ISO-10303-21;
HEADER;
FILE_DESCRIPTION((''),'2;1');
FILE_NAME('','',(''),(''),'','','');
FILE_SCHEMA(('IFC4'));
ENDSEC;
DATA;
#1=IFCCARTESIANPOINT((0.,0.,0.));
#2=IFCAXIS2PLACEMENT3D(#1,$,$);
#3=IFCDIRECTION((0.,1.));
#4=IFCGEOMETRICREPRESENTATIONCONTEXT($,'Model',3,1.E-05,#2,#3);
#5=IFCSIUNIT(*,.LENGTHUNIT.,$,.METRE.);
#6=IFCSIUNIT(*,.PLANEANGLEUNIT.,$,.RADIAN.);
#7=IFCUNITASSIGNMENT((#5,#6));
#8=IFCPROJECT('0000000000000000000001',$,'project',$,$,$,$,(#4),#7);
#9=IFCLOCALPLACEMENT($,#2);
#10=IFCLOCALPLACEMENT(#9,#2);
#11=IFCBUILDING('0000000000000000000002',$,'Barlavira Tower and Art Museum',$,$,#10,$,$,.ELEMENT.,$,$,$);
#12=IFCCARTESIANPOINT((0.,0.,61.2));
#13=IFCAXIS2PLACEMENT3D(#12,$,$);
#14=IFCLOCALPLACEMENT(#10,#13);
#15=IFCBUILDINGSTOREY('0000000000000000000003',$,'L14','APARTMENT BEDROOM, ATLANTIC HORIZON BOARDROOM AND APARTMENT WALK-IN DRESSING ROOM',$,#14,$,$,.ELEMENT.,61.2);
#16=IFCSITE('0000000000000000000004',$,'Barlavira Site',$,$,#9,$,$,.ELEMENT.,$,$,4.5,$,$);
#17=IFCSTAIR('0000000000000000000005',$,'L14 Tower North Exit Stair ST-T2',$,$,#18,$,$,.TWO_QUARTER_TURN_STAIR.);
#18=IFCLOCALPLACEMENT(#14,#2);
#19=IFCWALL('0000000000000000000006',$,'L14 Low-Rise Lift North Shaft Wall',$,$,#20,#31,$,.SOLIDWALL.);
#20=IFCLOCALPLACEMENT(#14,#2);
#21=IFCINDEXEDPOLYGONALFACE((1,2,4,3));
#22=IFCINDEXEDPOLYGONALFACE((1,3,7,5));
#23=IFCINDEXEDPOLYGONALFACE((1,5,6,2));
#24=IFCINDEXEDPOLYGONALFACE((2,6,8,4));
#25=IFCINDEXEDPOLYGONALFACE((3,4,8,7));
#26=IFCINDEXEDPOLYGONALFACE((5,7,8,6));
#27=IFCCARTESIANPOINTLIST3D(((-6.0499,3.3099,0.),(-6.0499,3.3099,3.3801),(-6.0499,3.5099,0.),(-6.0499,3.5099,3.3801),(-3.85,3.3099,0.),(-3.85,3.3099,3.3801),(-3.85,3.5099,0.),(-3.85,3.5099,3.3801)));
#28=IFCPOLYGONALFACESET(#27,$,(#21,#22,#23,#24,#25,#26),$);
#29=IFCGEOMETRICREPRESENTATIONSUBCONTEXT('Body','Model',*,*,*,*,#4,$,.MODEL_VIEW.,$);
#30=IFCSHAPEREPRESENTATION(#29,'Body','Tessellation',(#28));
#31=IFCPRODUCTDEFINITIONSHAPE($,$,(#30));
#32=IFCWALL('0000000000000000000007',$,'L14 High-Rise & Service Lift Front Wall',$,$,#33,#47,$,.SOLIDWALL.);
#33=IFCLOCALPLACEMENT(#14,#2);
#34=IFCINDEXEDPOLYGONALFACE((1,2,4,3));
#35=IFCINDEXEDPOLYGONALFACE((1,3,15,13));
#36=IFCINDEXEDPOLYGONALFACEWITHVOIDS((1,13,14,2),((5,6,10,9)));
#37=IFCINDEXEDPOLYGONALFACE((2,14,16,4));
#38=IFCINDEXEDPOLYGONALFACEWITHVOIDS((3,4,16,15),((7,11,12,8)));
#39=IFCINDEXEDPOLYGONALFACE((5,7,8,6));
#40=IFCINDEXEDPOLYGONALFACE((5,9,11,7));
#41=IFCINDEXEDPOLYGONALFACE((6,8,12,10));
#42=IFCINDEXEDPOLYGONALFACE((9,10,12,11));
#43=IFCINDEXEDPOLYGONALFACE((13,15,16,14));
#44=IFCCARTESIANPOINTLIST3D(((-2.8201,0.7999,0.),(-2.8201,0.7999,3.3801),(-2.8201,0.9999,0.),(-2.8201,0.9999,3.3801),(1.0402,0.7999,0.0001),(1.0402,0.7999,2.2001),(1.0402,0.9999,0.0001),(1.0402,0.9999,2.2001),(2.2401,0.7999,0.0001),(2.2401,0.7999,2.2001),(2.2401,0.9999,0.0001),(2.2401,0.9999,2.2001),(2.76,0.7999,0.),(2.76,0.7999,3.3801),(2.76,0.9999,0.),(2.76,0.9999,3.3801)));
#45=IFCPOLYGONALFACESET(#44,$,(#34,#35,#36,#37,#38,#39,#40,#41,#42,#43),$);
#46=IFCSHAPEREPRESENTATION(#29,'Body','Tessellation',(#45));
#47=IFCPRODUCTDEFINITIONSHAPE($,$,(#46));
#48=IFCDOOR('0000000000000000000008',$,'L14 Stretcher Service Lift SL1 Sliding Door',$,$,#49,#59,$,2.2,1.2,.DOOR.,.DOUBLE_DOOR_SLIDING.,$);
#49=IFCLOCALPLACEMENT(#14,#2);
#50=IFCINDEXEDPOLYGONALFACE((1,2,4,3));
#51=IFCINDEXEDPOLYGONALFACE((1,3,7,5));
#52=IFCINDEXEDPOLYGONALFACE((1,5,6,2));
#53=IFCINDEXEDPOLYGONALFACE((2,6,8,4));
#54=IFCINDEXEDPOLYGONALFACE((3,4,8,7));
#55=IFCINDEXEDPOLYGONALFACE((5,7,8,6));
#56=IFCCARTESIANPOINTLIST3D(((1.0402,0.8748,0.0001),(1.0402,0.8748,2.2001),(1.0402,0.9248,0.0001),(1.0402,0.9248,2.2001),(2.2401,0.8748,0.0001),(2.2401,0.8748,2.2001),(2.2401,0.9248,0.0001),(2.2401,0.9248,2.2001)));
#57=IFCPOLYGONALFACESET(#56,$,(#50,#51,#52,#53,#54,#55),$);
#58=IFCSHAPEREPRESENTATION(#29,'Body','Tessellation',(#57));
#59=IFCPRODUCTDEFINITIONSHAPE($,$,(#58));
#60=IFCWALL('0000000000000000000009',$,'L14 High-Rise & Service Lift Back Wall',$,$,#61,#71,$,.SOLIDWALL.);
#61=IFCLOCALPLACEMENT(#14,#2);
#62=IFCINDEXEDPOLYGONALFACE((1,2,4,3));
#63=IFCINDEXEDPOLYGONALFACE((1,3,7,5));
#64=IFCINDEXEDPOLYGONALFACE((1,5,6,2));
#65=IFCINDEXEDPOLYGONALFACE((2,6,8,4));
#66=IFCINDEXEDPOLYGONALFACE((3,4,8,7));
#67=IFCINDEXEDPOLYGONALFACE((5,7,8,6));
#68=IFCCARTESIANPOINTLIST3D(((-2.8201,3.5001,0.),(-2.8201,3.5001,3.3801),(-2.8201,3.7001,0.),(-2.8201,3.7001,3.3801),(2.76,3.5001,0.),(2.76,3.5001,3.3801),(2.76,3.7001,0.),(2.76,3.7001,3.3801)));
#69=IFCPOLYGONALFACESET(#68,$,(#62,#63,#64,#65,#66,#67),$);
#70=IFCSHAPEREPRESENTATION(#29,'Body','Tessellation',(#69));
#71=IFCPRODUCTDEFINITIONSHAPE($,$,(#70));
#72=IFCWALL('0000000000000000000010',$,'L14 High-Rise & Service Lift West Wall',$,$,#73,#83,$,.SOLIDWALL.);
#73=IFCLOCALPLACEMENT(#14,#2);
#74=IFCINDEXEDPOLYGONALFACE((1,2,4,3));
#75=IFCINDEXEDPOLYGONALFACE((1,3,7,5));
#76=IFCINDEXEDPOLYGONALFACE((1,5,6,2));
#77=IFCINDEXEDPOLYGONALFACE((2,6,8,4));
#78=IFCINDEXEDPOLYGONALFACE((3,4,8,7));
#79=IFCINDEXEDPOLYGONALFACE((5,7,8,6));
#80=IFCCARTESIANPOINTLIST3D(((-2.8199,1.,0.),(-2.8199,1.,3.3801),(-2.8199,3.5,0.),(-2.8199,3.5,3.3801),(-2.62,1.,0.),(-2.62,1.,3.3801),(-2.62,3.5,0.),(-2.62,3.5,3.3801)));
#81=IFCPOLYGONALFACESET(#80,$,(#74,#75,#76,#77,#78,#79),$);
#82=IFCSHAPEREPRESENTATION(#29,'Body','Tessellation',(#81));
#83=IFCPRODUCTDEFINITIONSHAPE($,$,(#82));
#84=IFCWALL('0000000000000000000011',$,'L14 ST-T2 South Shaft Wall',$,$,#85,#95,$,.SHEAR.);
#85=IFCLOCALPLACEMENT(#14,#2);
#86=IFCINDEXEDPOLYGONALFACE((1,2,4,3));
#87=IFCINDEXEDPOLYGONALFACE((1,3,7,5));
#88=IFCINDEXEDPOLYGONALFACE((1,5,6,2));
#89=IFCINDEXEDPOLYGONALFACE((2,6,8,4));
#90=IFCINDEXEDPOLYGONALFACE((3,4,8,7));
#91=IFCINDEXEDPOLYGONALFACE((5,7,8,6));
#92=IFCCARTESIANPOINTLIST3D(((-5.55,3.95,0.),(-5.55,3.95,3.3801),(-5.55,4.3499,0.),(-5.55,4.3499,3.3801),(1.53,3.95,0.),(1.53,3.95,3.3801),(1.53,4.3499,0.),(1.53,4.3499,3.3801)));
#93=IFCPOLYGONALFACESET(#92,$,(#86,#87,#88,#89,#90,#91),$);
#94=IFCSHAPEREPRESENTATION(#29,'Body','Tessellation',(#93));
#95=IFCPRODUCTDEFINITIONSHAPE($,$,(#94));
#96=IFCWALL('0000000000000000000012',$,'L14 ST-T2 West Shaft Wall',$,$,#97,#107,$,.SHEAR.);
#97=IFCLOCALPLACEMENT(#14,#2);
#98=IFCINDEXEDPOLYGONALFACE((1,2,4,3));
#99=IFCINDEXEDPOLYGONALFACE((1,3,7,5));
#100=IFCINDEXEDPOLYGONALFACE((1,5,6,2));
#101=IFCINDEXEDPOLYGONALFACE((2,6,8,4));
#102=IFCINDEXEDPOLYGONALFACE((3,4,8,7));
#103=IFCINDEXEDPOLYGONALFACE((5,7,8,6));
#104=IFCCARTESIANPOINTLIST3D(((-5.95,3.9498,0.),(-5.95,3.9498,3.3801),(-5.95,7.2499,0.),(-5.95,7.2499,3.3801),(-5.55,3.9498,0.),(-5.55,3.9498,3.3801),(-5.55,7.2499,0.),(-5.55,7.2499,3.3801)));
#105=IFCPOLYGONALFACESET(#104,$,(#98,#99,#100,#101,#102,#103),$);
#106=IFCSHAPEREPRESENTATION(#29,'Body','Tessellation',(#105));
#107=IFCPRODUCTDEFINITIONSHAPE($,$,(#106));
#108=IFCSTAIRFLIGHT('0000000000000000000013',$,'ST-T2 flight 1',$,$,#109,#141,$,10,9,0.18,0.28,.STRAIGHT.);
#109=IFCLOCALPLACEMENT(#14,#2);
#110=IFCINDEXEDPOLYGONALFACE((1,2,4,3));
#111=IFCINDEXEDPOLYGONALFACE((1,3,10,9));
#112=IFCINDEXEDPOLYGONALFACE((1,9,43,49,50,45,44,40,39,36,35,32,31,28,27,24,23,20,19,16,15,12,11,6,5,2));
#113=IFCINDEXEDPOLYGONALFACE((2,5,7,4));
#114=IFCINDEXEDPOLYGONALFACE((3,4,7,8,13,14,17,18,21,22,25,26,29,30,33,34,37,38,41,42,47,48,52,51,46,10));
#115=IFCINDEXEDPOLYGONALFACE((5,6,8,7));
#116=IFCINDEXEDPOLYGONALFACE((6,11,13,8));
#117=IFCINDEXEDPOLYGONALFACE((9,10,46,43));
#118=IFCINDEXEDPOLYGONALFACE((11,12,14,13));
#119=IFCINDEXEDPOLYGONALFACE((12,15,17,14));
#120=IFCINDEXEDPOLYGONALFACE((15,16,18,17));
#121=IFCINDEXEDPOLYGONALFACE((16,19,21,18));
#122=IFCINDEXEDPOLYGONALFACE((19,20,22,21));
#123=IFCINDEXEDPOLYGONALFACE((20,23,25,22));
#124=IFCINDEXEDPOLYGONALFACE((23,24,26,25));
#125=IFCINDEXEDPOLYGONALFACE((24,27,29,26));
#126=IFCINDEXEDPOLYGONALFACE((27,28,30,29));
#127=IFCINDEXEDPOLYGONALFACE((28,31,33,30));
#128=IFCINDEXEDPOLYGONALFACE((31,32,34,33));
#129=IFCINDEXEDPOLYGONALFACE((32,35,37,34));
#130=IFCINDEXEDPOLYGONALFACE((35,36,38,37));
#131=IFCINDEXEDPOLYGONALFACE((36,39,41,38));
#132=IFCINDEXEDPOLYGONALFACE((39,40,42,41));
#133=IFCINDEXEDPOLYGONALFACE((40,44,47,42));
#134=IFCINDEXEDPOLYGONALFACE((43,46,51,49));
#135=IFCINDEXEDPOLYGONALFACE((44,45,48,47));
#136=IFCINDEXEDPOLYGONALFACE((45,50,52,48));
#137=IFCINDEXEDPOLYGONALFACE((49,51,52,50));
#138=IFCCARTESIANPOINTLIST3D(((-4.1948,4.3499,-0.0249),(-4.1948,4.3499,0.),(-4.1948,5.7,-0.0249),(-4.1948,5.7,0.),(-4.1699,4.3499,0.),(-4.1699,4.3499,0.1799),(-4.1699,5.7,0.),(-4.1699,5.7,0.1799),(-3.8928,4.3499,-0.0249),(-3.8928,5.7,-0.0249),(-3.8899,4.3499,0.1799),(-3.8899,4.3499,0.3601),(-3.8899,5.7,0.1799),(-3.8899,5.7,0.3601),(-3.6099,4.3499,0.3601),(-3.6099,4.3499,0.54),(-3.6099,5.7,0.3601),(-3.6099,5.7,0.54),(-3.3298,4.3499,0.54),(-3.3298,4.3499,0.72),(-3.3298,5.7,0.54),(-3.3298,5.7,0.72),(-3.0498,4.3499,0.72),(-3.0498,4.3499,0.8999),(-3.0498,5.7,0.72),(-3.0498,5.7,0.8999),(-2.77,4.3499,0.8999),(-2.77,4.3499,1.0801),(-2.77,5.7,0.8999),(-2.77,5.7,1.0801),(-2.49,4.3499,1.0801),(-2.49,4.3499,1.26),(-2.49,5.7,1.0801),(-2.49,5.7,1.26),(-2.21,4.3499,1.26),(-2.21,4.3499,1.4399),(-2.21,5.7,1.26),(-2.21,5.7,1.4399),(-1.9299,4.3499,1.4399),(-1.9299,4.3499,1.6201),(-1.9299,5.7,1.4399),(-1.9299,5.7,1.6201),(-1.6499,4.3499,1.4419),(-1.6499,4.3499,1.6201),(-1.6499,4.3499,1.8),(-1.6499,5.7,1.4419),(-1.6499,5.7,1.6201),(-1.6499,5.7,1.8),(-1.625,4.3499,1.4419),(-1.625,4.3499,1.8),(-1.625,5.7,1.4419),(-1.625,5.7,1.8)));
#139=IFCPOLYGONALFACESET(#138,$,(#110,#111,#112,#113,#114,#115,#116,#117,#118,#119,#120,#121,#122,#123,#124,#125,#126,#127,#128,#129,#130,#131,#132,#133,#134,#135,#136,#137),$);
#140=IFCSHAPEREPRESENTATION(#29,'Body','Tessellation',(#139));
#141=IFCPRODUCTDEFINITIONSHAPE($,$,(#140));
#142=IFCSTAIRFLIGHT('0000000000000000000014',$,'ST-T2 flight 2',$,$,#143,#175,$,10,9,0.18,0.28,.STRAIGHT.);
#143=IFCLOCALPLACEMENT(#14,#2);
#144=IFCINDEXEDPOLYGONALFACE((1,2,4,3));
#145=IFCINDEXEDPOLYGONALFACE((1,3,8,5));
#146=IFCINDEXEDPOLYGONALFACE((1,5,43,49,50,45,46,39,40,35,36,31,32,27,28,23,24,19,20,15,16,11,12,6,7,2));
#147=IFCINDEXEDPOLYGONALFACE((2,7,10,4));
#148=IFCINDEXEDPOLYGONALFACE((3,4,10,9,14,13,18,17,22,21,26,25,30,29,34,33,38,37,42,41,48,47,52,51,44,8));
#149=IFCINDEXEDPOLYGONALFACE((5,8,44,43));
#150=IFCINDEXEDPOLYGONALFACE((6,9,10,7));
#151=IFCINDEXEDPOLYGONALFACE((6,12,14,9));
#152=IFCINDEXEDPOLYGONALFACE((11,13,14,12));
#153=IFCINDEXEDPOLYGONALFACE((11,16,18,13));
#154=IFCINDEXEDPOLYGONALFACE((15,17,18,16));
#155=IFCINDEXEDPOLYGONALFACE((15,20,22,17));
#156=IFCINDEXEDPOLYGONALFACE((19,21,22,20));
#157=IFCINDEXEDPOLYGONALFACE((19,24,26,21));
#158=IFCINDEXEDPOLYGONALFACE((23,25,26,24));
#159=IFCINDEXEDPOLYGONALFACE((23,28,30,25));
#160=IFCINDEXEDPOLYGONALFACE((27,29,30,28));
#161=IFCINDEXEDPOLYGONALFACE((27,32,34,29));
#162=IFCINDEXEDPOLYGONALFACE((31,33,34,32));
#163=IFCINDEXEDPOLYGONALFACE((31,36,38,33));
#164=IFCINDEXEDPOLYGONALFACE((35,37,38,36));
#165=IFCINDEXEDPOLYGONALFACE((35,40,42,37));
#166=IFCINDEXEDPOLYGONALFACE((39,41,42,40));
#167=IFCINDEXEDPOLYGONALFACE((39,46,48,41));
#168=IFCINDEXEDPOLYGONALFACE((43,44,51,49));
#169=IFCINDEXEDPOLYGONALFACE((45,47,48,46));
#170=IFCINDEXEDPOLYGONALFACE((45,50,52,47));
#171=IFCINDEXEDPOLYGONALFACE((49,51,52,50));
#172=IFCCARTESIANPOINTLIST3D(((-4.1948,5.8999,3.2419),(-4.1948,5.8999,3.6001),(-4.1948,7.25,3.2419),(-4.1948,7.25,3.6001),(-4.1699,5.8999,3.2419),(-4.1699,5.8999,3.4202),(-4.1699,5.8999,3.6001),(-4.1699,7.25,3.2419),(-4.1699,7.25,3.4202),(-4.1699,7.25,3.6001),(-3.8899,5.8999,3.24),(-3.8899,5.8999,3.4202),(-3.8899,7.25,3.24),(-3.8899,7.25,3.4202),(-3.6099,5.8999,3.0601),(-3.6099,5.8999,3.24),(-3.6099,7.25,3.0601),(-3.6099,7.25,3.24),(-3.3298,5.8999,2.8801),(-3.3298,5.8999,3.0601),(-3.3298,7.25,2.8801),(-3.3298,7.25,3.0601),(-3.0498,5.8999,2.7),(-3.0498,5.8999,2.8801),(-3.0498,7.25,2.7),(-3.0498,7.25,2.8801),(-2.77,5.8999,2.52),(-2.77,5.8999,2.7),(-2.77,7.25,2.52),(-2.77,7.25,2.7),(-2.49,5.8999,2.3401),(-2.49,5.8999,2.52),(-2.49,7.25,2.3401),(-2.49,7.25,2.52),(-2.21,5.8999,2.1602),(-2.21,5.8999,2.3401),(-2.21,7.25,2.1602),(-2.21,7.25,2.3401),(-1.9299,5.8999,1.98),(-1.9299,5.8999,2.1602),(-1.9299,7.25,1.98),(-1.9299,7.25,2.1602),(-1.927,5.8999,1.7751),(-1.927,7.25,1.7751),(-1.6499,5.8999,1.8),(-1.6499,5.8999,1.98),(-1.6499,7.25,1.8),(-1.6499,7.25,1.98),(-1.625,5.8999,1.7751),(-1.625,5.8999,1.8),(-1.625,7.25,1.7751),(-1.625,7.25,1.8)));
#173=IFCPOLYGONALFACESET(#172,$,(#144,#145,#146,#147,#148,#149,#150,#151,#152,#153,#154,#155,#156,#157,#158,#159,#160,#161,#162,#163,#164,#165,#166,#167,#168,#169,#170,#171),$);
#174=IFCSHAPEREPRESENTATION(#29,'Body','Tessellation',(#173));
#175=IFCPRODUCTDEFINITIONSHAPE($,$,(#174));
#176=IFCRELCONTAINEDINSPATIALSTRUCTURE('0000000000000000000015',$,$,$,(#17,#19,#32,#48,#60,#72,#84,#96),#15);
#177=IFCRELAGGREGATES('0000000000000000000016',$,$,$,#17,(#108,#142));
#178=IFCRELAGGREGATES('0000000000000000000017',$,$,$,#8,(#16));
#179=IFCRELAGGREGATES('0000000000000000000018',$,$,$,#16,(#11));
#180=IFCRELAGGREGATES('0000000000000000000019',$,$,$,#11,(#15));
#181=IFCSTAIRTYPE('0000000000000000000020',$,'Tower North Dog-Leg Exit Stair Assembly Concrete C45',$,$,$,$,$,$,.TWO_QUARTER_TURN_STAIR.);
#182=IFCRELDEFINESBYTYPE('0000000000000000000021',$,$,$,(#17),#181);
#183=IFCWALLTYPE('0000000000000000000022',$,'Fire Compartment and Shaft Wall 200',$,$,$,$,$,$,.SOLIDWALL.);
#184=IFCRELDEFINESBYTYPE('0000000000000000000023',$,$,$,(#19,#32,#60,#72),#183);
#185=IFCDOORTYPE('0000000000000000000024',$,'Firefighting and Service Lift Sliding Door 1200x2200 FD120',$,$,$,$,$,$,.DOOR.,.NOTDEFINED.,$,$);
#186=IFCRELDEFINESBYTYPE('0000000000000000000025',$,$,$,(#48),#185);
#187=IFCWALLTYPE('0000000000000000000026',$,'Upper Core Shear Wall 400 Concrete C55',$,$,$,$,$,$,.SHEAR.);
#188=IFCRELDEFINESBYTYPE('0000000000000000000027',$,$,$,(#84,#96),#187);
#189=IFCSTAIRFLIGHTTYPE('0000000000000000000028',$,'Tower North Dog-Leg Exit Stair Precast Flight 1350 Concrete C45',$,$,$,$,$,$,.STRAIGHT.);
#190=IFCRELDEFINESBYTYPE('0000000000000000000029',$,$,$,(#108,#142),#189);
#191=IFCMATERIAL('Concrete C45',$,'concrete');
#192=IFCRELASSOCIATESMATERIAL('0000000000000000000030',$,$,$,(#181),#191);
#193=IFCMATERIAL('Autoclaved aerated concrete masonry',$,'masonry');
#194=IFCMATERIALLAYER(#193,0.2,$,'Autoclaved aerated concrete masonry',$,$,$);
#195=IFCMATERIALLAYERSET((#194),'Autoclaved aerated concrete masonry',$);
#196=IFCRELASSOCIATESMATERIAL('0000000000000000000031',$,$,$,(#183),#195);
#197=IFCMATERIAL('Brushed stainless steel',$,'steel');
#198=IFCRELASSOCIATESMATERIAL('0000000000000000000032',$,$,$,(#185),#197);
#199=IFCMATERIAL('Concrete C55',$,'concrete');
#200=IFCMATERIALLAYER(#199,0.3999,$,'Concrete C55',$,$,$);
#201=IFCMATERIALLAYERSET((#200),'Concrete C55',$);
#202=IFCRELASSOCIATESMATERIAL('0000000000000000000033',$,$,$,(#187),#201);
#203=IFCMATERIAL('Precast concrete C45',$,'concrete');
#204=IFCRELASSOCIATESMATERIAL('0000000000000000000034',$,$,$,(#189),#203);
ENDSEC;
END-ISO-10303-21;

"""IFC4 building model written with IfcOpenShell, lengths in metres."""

from ifc_helpers import new_model, si_unit, direction, frame, frame_2d, origin, place, context, subcontext, project, spatial, polyline, rectangle, outline, extrude, material, layer, layer_set, type_object, element, fill, aggregate, save


model = new_model("IFC4")

# Units and contexts
model_context = context("Model", 3, precision=1e-05, world=origin(), true_north=direction((0.0, 1.0)))
body_context = subcontext(model_context, "Body", "Model", "MODEL_VIEW")
ifc_project = project(units=[si_unit("LENGTHUNIT", "METRE"), si_unit("PLANEANGLEUNIT", "RADIAN")], contexts=[model_context])

# Site, building, storey
site_placement = place(None, origin())
site = spatial("IfcSite", under=ifc_project, at=site_placement, Name="Barlavira Site", CompositionType="ELEMENT", RefElevation=4.5)
building_placement = place(site_placement, origin())
building = spatial("IfcBuilding", under=site, at=building_placement, Name="Barlavira Tower and Art Museum", CompositionType="ELEMENT")
storey_placement = place(building_placement, frame((0.0, 0.0, 61.2)))
storey = spatial("IfcBuildingStorey", under=building, at=storey_placement, Name="L14", Description="APARTMENT BEDROOM, ATLANTIC HORIZON BOARDROOM AND APARTMENT WALK-IN DRESSING ROOM", CompositionType="ELEMENT", Elevation=61.2)

# Stair
ifc_material_1 = material(Name="Concrete C45", Category="concrete")
stair_type_1 = type_object("IfcStairType", Name="Tower North Dog-Leg Exit Stair Assembly Concrete C45", PredefinedType="TWO_QUARTER_TURN_STAIR", material=ifc_material_1)
stair_1_placement = place(storey_placement, origin())
stair_1 = element("IfcStair", 1, at=stair_1_placement, inside=storey, type_object=stair_type_1, Name="L14 Tower North Exit Stair ST-T2", PredefinedType="TWO_QUARTER_TURN_STAIR")

# Shared definitions
ifc_material_2 = material(Name="Brushed stainless steel", Category="steel")

# Wall
ifc_material_3 = material(Name="Autoclaved aerated concrete masonry", Category="masonry")
ifc_layer_1 = layer(ifc_material_3, 0.2, Name="Autoclaved aerated concrete masonry")
ifc_layer_set_1 = layer_set([ifc_layer_1], Name="Autoclaved aerated concrete masonry")
wall_type_1 = type_object("IfcWallType", Name="Fire Compartment and Shaft Wall 200", PredefinedType="SOLIDWALL", material=ifc_layer_set_1)
wall_1_placement = place(storey_placement, frame((-6.05, 3.4099, 0.0), z_axis=(0.0, 0.0, 1.0), x_axis=(1.0, 0.0, 0.0)))
element("IfcWall", 2, at=wall_1_placement, inside=storey, type_object=wall_type_1, Name="L14 Low-Rise Lift North Shaft Wall", PredefinedType="SOLIDWALL", context=body_context, shape_type="SweptSolid", body=[
    extrude(rectangle(XDim=2.2, YDim=0.2, at=frame_2d((1.1001, 0.0))), origin(), (0.0, 0.0, 1.0), 3.3801),
])

# Wall, opening, door
wall_2_placement = place(storey_placement, frame((-2.8201, 0.8999, 0.0), z_axis=(0.0, 0.0, 1.0), x_axis=(1.0, 0.0, 0.0)))
wall_2 = element("IfcWall", 3, at=wall_2_placement, inside=storey, type_object=wall_type_1, Name="L14 High-Rise & Service Lift Front Wall", PredefinedType="SOLIDWALL", context=body_context, shape_type="SweptSolid", body=[
    extrude(rectangle(XDim=5.5801, YDim=0.2, at=frame_2d((2.79, 0.0))), origin(), (0.0, 0.0, 1.0), 3.3801),
])
opening_1_placement = place(wall_2_placement, frame((3.8601, 0.0, 0.0)))
opening_1 = element("IfcOpeningElement", 4, at=opening_1_placement, cuts=wall_2, PredefinedType="OPENING", context=body_context, shape_type="SweptSolid", body=[
    extrude(rectangle(XDim=1.2, YDim=2.2, at=frame_2d((0.6001, 1.1001))), frame((0.0, 0.1099, 0.0), z_axis=(0.0, -1.0, 0.0), x_axis=(1.0, 0.0, 0.0)), (0.0, 0.0, 1.0), 0.22),
])
door_type_1 = type_object("IfcDoorType", Name="Firefighting and Service Lift Sliding Door 1200x2200 FD120", OperationType="NOTDEFINED", PredefinedType="DOOR", material=ifc_material_2)
door_1_placement = place(opening_1_placement, origin())
door_1 = element("IfcDoor", 5, at=door_1_placement, inside=storey, type_object=door_type_1, Name="L14 Stretcher Service Lift SL1 Sliding Door", OperationType="DOUBLE_DOOR_SLIDING", OverallHeight=2.2, OverallWidth=1.2, PredefinedType="DOOR", context=body_context, shape_type="SweptSolid", body=[
    extrude(rectangle(XDim=1.2, YDim=2.2, at=frame_2d((0.6001, 1.1001))), frame((0.0, 0.0249, 0.0), z_axis=(0.0, -1.0, 0.0), x_axis=(1.0, 0.0, 0.0)), (0.0, 0.0, 1.0), 0.05),
])
fill(opening_1, door_1)

# Walls
wall_3_placement = place(storey_placement, frame((-2.8201, 3.6001, 0.0), z_axis=(0.0, 0.0, 1.0), x_axis=(1.0, 0.0, 0.0)))
element("IfcWall", 6, at=wall_3_placement, inside=storey, type_object=wall_type_1, Name="L14 High-Rise & Service Lift Back Wall", PredefinedType="SOLIDWALL", context=body_context, shape_type="SweptSolid", body=[
    extrude(rectangle(XDim=5.5801, YDim=0.2, at=frame_2d((2.79, 0.0))), origin(), (0.0, 0.0, 1.0), 3.3801),
])
wall_4_placement = place(storey_placement, frame((-2.72, 1.0, 0.0), z_axis=(0.0, 0.0, 1.0), x_axis=(0.0, 1.0, 0.0)))
element("IfcWall", 7, at=wall_4_placement, inside=storey, type_object=wall_type_1, Name="L14 High-Rise & Service Lift West Wall", PredefinedType="SOLIDWALL", context=body_context, shape_type="SweptSolid", body=[
    extrude(rectangle(XDim=2.5, YDim=0.2, at=frame_2d((1.25, 0.0))), origin(), (0.0, 0.0, 1.0), 3.3801),
])
ifc_material_4 = material(Name="Concrete C55", Category="concrete")
ifc_layer_2 = layer(ifc_material_4, 0.3999, Name="Concrete C55")
ifc_layer_set_2 = layer_set([ifc_layer_2], Name="Concrete C55")
wall_type_2 = type_object("IfcWallType", Name="Upper Core Shear Wall 400 Concrete C55", PredefinedType="SHEAR", material=ifc_layer_set_2)
wall_5_placement = place(storey_placement, frame((-5.55, 4.1499, 0.0), z_axis=(0.0, 0.0, 1.0), x_axis=(1.0, 0.0, 0.0)))
element("IfcWall", 8, at=wall_5_placement, inside=storey, type_object=wall_type_2, Name="L14 ST-T2 South Shaft Wall", PredefinedType="SHEAR", context=body_context, shape_type="SweptSolid", body=[
    extrude(rectangle(XDim=7.0801, YDim=0.3999, at=frame_2d((3.54, 0.0))), origin(), (0.0, 0.0, 1.0), 3.3801),
])
wall_6_placement = place(storey_placement, frame((-5.75, 3.95, 0.0), z_axis=(0.0, 0.0, 1.0), x_axis=(0.0, 1.0, 0.0)))
element("IfcWall", 9, at=wall_6_placement, inside=storey, type_object=wall_type_2, Name="L14 ST-T2 West Shaft Wall", PredefinedType="SHEAR", context=body_context, shape_type="SweptSolid", body=[
    extrude(rectangle(XDim=3.3, YDim=0.3999, at=frame_2d((1.6499, 0.0))), origin(), (0.0, 0.0, 1.0), 3.3801),
])

# Stair flights
ifc_material_5 = material(Name="Precast concrete C45", Category="concrete")
stair_flight_type = type_object("IfcStairFlightType", Name="Tower North Dog-Leg Exit Stair Precast Flight 1350 Concrete C45", PredefinedType="STRAIGHT", material=ifc_material_5)
stair_flight_1_placement = place(storey_placement, frame((-4.1699, 5.0249, 0.0), z_axis=(0.0, 0.0, 1.0), x_axis=(1.0, 0.0, 0.0)))
stair_flight_1 = element("IfcStairFlight", 10, at=stair_flight_1_placement, type_object=stair_flight_type, Name="ST-T2 flight 1", NumberOfRisers=10, NumberOfTreads=9, PredefinedType="STRAIGHT", RiserHeight=0.18, TreadLength=0.28, context=body_context, shape_type="SweptSolid", body=[
    extrude(outline(polyline([(-0.0249, 0.0), (0.0, 0.0), (0.0, 0.1799), (0.28, 0.1799), (0.28, 0.3601), (0.5601, 0.3601), (0.5601, 0.54), (0.8401, 0.54), (0.8401, 0.72), (1.1201, 0.72), (1.1201, 0.8999), (1.3999, 0.8999), (1.3999, 1.0801), (1.6799, 1.0801), (1.6799, 1.26), (1.96, 1.26), (1.96, 1.4399), (2.24, 1.4399), (2.24, 1.6201), (2.52, 1.6201), (2.52, 1.8), (2.5449, 1.8), (2.5449, 1.4419), (2.52, 1.4419), (0.2771, -0.0249), (-0.0249, -0.0249), (-0.0249, 0.0)])), frame((0.0, 0.675, 0.0), z_axis=(0.0, -1.0, 0.0), x_axis=(1.0, 0.0, 0.0)), (0.0, 0.0, 1.0), 1.3501),
])
stair_flight_2_placement = place(storey_placement, frame((-1.6499, 6.575, 1.8), z_axis=(0.0, 0.0, 1.0), x_axis=(-1.0, 0.0, 0.0)))
stair_flight_2 = element("IfcStairFlight", 11, at=stair_flight_2_placement, type_object=stair_flight_type, Name="ST-T2 flight 2", NumberOfRisers=10, NumberOfTreads=9, PredefinedType="STRAIGHT", RiserHeight=0.18, TreadLength=0.28, context=body_context, shape_type="SweptSolid", body=[
    extrude(outline(polyline([(-0.0249, 0.0), (0.0, 0.0), (0.0, 0.1799), (0.28, 0.1799), (0.28, 0.3601), (0.5601, 0.3601), (0.5601, 0.54), (0.8401, 0.54), (0.8401, 0.72), (1.1201, 0.72), (1.1201, 0.8999), (1.3999, 0.8999), (1.3999, 1.0801), (1.6799, 1.0801), (1.6799, 1.26), (1.96, 1.26), (1.96, 1.4399), (2.24, 1.4399), (2.24, 1.6201), (2.52, 1.6201), (2.52, 1.8), (2.5449, 1.8), (2.5449, 1.4419), (2.52, 1.4419), (0.2771, -0.0249), (-0.0249, -0.0249), (-0.0249, 0.0)])), frame((0.0, 0.675, 0.0), z_axis=(0.0, -1.0, 0.0), x_axis=(1.0, 0.0, 0.0)), (0.0, 0.0, 1.0), 1.3501),
])
aggregate(stair_1, [stair_flight_1, stair_flight_2])

save(model, "model.ifc")
